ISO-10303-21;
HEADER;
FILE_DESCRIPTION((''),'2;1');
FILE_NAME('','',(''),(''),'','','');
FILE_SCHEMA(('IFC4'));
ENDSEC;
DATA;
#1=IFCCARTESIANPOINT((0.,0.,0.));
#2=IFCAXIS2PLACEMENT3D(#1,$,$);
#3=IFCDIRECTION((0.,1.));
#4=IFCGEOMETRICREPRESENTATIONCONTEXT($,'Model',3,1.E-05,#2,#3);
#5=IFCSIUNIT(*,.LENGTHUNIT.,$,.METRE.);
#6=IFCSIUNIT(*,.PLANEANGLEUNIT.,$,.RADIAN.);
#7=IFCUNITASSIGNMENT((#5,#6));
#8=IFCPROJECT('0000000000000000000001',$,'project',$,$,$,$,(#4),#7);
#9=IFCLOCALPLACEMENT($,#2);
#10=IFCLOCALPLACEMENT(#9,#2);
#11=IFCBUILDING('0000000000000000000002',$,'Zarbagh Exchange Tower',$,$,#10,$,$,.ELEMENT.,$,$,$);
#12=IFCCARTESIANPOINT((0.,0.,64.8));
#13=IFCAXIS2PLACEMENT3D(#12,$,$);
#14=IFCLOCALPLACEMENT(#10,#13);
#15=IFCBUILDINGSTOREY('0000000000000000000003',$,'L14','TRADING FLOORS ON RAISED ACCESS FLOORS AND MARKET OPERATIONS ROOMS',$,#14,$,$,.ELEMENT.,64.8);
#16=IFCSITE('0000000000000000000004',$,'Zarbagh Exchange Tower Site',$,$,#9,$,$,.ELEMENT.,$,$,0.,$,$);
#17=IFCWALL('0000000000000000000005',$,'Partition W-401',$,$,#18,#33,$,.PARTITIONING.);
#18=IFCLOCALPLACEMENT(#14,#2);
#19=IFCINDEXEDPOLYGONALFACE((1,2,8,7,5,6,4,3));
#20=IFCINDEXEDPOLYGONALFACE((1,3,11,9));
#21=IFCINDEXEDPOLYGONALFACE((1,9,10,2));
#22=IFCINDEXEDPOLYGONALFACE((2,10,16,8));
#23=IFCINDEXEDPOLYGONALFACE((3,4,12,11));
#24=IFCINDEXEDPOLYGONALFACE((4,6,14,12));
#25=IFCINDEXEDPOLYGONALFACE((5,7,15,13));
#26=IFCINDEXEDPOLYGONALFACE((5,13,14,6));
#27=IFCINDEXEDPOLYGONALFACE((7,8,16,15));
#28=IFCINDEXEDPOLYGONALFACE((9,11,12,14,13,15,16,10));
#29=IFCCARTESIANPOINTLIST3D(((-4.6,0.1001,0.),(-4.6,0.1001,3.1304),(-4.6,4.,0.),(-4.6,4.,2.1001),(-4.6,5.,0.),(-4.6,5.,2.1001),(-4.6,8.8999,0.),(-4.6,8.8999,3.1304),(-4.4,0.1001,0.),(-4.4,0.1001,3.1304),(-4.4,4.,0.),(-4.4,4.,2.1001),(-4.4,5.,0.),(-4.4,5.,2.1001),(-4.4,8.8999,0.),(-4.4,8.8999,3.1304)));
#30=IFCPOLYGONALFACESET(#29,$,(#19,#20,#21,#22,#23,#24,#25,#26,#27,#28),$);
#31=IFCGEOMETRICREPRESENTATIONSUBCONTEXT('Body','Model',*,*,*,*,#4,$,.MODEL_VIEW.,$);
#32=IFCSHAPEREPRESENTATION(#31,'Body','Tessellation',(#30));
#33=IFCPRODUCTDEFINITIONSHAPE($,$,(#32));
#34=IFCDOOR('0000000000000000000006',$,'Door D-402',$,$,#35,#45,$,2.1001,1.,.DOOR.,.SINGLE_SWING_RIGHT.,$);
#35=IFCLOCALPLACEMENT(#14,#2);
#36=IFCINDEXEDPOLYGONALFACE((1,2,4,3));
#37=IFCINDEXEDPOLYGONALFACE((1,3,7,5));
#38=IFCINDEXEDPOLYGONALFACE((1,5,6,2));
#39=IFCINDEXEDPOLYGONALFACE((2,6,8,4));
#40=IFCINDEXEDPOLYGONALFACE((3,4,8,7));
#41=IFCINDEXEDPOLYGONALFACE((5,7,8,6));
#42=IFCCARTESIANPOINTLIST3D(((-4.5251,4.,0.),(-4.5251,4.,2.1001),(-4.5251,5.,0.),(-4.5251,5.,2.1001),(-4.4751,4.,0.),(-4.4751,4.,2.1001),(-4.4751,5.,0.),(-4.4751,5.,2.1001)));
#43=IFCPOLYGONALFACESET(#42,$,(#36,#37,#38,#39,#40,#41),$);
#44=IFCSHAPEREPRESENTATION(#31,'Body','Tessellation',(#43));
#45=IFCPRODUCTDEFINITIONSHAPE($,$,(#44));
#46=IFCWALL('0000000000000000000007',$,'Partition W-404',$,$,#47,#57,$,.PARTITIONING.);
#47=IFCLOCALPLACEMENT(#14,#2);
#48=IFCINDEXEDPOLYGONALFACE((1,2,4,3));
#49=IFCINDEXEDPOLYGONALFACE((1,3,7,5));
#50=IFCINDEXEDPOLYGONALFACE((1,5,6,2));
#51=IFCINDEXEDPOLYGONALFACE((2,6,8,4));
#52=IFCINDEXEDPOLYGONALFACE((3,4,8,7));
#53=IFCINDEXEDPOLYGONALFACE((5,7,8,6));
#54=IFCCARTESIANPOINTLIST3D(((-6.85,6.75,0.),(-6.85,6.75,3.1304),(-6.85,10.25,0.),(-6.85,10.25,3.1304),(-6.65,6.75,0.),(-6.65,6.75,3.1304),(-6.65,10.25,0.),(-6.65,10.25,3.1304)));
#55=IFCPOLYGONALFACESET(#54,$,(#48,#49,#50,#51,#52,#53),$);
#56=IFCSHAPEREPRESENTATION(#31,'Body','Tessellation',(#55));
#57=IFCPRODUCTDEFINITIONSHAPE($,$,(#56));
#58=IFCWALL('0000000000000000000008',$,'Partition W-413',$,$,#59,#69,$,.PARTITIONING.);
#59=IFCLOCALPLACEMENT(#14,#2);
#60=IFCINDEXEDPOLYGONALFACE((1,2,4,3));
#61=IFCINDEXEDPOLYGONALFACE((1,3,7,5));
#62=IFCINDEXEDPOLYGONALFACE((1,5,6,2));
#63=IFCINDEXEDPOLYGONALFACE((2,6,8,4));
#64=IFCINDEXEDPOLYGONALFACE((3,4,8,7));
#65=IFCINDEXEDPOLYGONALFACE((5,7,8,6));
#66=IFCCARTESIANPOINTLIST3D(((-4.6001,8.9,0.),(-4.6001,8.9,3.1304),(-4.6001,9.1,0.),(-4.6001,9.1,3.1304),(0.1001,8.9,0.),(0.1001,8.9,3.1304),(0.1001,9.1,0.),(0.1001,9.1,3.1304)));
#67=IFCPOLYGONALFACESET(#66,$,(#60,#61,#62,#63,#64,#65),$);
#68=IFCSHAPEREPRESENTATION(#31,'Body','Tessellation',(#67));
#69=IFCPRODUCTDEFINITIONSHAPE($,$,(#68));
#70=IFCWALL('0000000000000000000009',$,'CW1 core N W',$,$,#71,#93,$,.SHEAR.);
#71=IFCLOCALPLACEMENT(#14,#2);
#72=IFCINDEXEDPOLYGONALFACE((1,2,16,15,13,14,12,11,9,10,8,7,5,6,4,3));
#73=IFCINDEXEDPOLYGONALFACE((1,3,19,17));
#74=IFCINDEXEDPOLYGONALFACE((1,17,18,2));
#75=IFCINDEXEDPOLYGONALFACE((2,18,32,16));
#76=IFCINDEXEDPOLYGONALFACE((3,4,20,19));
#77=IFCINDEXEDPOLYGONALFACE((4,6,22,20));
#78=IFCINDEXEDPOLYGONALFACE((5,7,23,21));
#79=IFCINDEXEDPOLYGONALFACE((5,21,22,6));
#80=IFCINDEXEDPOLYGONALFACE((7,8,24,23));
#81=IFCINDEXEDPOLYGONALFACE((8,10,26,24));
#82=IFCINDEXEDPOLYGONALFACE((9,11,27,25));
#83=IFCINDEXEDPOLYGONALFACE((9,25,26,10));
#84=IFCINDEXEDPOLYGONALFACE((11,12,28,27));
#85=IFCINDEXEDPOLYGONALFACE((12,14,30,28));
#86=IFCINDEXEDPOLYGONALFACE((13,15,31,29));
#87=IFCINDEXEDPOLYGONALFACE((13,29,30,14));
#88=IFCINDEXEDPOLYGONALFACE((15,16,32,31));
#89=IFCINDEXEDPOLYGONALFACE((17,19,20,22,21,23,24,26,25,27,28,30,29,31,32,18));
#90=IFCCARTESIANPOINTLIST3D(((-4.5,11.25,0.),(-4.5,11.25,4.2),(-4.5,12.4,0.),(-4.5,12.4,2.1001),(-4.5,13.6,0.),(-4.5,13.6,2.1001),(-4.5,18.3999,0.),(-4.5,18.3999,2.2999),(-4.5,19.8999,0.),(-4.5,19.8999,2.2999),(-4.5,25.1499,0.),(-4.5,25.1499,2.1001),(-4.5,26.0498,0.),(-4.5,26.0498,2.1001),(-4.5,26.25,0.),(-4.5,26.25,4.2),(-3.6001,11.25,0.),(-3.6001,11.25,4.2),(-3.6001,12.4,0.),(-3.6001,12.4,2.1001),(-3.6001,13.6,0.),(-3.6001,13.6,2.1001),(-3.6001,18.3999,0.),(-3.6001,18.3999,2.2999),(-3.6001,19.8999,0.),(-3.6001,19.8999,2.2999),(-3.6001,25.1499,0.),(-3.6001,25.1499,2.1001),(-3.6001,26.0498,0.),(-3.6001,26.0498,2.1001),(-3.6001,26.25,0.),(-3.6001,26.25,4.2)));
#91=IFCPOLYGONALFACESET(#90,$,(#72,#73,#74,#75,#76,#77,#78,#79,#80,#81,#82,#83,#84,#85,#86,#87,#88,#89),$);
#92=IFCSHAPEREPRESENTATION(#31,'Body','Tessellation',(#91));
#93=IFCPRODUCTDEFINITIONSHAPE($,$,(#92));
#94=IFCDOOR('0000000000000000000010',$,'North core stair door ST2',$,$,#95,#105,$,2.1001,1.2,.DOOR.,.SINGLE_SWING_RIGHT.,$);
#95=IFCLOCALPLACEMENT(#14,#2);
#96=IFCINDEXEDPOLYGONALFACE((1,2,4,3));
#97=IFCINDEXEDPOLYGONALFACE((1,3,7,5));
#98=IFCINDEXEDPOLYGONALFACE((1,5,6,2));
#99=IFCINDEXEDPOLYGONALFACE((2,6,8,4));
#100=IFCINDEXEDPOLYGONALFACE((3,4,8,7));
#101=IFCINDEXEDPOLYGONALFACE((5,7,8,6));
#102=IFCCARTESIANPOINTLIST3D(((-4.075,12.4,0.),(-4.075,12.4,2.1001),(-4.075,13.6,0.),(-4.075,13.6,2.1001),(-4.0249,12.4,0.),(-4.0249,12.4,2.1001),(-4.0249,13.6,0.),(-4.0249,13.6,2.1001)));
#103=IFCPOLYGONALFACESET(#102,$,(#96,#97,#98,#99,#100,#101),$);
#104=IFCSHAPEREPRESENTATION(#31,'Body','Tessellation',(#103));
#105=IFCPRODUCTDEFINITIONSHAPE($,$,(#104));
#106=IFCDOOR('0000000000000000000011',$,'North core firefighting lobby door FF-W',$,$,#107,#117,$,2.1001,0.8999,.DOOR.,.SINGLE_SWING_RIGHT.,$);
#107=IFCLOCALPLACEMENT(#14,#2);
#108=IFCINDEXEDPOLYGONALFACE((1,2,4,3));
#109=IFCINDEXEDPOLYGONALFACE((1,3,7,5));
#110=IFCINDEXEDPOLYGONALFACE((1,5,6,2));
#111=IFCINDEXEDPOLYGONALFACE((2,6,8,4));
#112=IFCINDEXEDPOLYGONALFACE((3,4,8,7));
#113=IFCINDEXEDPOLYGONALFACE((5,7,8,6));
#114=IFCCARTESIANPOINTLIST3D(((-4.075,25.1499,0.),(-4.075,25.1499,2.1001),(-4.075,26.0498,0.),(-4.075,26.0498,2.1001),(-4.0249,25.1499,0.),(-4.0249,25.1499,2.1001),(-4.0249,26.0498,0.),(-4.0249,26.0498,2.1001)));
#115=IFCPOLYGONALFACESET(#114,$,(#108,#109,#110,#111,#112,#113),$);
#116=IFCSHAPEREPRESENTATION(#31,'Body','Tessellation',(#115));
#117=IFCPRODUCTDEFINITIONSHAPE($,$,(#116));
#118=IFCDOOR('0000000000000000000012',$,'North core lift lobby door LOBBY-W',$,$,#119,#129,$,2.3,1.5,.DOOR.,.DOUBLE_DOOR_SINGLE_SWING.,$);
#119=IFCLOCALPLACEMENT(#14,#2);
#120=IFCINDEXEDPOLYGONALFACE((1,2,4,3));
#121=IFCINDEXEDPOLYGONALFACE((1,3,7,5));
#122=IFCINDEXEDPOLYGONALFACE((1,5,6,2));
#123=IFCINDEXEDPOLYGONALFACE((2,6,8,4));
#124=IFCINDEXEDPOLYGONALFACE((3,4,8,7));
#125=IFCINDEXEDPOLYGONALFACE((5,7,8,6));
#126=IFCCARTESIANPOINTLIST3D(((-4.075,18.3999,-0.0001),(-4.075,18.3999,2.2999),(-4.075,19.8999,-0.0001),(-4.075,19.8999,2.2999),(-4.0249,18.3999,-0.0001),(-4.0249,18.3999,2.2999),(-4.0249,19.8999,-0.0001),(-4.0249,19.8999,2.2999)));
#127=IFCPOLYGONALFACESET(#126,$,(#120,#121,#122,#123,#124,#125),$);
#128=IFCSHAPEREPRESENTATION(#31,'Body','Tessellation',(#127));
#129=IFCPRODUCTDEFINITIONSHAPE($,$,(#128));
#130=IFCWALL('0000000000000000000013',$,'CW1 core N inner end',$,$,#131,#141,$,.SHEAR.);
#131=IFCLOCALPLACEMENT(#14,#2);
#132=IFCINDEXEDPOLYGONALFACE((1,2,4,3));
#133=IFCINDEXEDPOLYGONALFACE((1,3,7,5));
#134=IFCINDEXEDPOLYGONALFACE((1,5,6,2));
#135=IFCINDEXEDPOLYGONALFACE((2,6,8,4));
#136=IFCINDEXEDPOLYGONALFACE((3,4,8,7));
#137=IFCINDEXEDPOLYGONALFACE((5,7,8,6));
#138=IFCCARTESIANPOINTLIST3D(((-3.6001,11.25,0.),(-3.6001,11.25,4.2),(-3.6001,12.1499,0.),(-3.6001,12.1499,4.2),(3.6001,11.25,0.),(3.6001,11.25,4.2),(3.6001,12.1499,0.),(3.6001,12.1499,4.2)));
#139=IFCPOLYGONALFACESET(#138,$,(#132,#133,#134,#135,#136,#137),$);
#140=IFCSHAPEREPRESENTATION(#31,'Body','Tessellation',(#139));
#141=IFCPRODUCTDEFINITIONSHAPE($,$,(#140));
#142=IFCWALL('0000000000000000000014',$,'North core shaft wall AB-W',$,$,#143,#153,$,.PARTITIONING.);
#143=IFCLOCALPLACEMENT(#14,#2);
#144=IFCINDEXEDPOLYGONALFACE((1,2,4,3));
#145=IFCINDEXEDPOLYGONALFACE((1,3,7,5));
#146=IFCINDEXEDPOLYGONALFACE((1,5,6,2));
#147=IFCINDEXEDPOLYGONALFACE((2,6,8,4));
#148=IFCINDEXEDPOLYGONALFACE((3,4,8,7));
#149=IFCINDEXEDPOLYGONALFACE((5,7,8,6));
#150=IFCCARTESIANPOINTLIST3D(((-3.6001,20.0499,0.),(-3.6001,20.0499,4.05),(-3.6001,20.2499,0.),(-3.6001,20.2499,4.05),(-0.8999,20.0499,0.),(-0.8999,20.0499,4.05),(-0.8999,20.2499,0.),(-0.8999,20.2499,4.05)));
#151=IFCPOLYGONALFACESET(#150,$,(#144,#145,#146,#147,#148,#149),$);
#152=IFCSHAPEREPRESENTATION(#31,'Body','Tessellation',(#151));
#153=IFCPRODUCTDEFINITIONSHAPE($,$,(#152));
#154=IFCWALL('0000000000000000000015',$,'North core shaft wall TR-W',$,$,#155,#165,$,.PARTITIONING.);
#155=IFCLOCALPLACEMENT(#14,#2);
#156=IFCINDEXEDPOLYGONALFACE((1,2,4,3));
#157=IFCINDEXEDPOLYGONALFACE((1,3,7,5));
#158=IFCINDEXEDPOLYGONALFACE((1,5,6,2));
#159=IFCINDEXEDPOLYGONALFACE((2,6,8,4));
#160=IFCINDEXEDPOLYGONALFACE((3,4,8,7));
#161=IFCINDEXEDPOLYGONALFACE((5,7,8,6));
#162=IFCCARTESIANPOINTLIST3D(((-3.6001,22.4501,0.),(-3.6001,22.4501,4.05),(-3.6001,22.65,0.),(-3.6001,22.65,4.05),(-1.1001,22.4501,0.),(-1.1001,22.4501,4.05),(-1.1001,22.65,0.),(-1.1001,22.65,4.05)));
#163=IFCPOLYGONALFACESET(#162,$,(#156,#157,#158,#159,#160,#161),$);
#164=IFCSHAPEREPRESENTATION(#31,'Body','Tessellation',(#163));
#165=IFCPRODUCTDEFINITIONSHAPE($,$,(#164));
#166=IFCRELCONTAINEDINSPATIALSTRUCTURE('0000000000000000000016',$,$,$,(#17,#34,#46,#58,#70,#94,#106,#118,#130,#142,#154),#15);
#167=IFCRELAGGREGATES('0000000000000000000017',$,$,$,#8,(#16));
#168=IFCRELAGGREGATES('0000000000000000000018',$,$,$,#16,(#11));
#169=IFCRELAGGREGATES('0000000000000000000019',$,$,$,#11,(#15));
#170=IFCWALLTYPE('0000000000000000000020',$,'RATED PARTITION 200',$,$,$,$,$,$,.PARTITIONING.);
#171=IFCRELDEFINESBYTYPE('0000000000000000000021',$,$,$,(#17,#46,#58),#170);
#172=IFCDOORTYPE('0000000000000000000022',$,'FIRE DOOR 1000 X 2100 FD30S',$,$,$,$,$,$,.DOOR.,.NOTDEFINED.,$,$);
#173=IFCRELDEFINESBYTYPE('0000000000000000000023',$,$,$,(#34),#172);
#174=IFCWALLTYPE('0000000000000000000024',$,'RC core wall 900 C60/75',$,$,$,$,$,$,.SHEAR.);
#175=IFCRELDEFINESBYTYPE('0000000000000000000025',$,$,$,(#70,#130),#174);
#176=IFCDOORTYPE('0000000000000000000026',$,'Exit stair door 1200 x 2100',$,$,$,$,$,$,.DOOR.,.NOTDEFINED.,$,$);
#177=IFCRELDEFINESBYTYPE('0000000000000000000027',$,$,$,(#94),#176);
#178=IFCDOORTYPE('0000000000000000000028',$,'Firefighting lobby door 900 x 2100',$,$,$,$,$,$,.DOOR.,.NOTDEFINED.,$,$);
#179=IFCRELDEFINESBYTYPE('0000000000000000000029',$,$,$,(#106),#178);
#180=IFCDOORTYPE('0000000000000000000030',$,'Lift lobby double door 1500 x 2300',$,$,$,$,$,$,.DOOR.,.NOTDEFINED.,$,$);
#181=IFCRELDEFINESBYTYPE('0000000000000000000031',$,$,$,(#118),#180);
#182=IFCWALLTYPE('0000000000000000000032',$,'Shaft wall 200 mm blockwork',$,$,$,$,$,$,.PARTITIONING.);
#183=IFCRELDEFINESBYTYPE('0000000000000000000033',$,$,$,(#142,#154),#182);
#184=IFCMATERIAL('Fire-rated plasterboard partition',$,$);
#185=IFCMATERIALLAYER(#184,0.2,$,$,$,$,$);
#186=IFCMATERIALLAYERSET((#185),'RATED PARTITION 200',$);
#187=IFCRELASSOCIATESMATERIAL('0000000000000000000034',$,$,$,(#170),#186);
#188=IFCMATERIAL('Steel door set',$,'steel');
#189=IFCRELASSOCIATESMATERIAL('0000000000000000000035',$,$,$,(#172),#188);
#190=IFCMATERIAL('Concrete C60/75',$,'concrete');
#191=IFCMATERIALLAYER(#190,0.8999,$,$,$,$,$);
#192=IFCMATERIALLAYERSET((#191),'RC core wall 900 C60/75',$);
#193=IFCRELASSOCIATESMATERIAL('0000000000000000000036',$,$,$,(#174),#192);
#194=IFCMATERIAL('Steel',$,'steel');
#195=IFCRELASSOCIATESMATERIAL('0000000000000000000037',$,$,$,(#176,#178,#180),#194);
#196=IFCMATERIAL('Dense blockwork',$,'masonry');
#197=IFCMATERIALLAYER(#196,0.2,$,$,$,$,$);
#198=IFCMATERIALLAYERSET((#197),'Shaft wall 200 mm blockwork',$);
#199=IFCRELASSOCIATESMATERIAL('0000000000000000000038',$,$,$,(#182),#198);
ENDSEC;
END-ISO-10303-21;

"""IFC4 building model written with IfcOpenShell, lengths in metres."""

from ifc_helpers import new_model, si_unit, direction, frame, frame_2d, origin, place, context, subcontext, project, spatial, rectangle, extrude, material, layer, layer_set, type_object, element, fill, save


model = new_model("IFC4")

# Units and contexts
model_context = context("Model", 3, precision=1e-05, world=origin(), true_north=direction((0.0, 1.0)))
body_context = subcontext(model_context, "Body", "Model", "MODEL_VIEW")
ifc_project = project(units=[si_unit("LENGTHUNIT", "METRE"), si_unit("PLANEANGLEUNIT", "RADIAN")], contexts=[model_context])

# Site, building, storey
site_placement = place(None, origin())
site = spatial("IfcSite", under=ifc_project, at=site_placement, Name="Zarbagh Exchange Tower Site", CompositionType="ELEMENT", RefElevation=0.0)
building_placement = place(site_placement, origin())
building = spatial("IfcBuilding", under=site, at=building_placement, Name="Zarbagh Exchange Tower", CompositionType="ELEMENT")
storey_placement = place(building_placement, frame((0.0, 0.0, 64.8)))
storey = spatial("IfcBuildingStorey", under=building, at=storey_placement, Name="L14", Description="TRADING FLOORS ON RAISED ACCESS FLOORS AND MARKET OPERATIONS ROOMS", CompositionType="ELEMENT", Elevation=64.8)

# Shared definitions
ifc_material_1 = material(Name="Concrete C60/75", Category="concrete")

# Wall, opening, door
ifc_material_2 = material(Name="Fire-rated plasterboard partition")
ifc_layer_1 = layer(ifc_material_2, 0.2)
ifc_layer_set_1 = layer_set([ifc_layer_1], Name="RATED PARTITION 200")
wall_type_1 = type_object("IfcWallType", Name="RATED PARTITION 200", PredefinedType="PARTITIONING", material=ifc_layer_set_1)
wall_1_placement = place(storey_placement, frame((-4.5, 8.8999, 0.0), z_axis=(0.0, 0.0, 1.0), x_axis=(0.0, -1.0, 0.0)))
wall_1 = element("IfcWall", 1, at=wall_1_placement, inside=storey, type_object=wall_type_1, Name="Partition W-401", PredefinedType="PARTITIONING", context=body_context, shape_type="SweptSolid", body=[
    extrude(rectangle(XDim=8.7998, YDim=0.2, at=frame_2d((4.3999, 0.0))), origin(), (0.0, 0.0, 1.0), 3.1304),
])
opening_1_placement = place(wall_1_placement, frame((3.8999, 0.0, 0.0)))
opening_1 = element("IfcOpeningElement", 2, at=opening_1_placement, cuts=wall_1, PredefinedType="OPENING", context=body_context, shape_type="SweptSolid", body=[
    extrude(rectangle(XDim=1.0, YDim=2.1001, at=frame_2d((0.5, 1.05))), frame((0.0, 0.1099, 0.0), z_axis=(0.0, -1.0, 0.0), x_axis=(1.0, 0.0, 0.0)), (0.0, 0.0, 1.0), 0.22),
])
ifc_material_3 = material(Name="Steel door set", Category="steel")
door_type_1 = type_object("IfcDoorType", Name="FIRE DOOR 1000 X 2100 FD30S", OperationType="NOTDEFINED", PredefinedType="DOOR", material=ifc_material_3)
door_1_placement = place(opening_1_placement, origin())
door_1 = element("IfcDoor", 3, at=door_1_placement, inside=storey, type_object=door_type_1, Name="Door D-402", OperationType="SINGLE_SWING_RIGHT", OverallHeight=2.1001, OverallWidth=1.0, PredefinedType="DOOR", context=body_context, shape_type="SweptSolid", body=[
    extrude(rectangle(XDim=1.0, YDim=2.1001, at=frame_2d((0.5, 1.05))), frame((0.0, 0.0249, 0.0), z_axis=(0.0, -1.0, 0.0), x_axis=(1.0, 0.0, 0.0)), (0.0, 0.0, 1.0), 0.05),
])
fill(opening_1, door_1)

# Walls
wall_2_placement = place(storey_placement, frame((-6.75, 6.75, 0.0), z_axis=(0.0, 0.0, 1.0), x_axis=(0.0, 1.0, 0.0)))
element("IfcWall", 4, at=wall_2_placement, inside=storey, type_object=wall_type_1, Name="Partition W-404", PredefinedType="PARTITIONING", context=body_context, shape_type="SweptSolid", body=[
    extrude(rectangle(XDim=3.5, YDim=0.2, at=frame_2d((1.75, 0.0))), origin(), (0.0, 0.0, 1.0), 3.1304),
])
wall_3_placement = place(storey_placement, frame((-4.6001, 9.0, 0.0), z_axis=(0.0, 0.0, 1.0), x_axis=(1.0, 0.0, 0.0)))
element("IfcWall", 5, at=wall_3_placement, inside=storey, type_object=wall_type_1, Name="Partition W-413", PredefinedType="PARTITIONING", context=body_context, shape_type="SweptSolid", body=[
    extrude(rectangle(XDim=4.7002, YDim=0.2, at=frame_2d((2.3501, 0.0))), origin(), (0.0, 0.0, 1.0), 3.1304),
])

# Wall, openings, doors
ifc_layer_2 = layer(ifc_material_1, 0.8999)
ifc_layer_set_2 = layer_set([ifc_layer_2], Name="RC core wall 900 C60/75")
wall_type_2 = type_object("IfcWallType", Name="RC core wall 900 C60/75", PredefinedType="SHEAR", material=ifc_layer_set_2)
wall_4_placement = place(storey_placement, frame((-4.05, 11.25, 0.0), z_axis=(0.0, 0.0, 1.0), x_axis=(0.0, 1.0, 0.0)))
wall_4 = element("IfcWall", 6, at=wall_4_placement, inside=storey, type_object=wall_type_2, Name="CW1 core N W", PredefinedType="SHEAR", context=body_context, shape_type="SweptSolid", body=[
    extrude(rectangle(XDim=15.0, YDim=0.8999, at=frame_2d((7.5, 0.0))), origin(), (0.0, 0.0, 1.0), 4.2),
])
opening_2_placement = place(wall_4_placement, frame((7.1499, 0.0, 0.0)))
opening_2 = element("IfcOpeningElement", 7, at=opening_2_placement, cuts=wall_4, PredefinedType="OPENING", context=body_context, shape_type="SweptSolid", body=[
    extrude(rectangle(XDim=1.5, YDim=2.3, at=frame_2d((0.75, 1.1499))), frame((0.0, 0.46, 0.0), z_axis=(0.0, -1.0, 0.0), x_axis=(1.0, 0.0, 0.0)), (0.0, 0.0, 1.0), 0.9199),
])
opening_3_placement = place(wall_4_placement, frame((13.8999, 0.0, 0.0)))
opening_3 = element("IfcOpeningElement", 8, at=opening_3_placement, cuts=wall_4, PredefinedType="OPENING", context=body_context, shape_type="SweptSolid", body=[
    extrude(rectangle(XDim=0.8999, YDim=2.1001, at=frame_2d((0.45, 1.05))), frame((0.0, 0.46, 0.0), z_axis=(0.0, -1.0, 0.0), x_axis=(1.0, 0.0, 0.0)), (0.0, 0.0, 1.0), 0.9199),
])
opening_4_placement = place(wall_4_placement, frame((1.1499, 0.0, 0.0)))
opening_4 = element("IfcOpeningElement", 9, at=opening_4_placement, cuts=wall_4, PredefinedType="OPENING", context=body_context, shape_type="SweptSolid", body=[
    extrude(rectangle(XDim=1.2, YDim=2.1001, at=frame_2d((0.6001, 1.05))), frame((0.0, 0.46, 0.0), z_axis=(0.0, -1.0, 0.0), x_axis=(1.0, 0.0, 0.0)), (0.0, 0.0, 1.0), 0.9199),
])
ifc_material_4 = material(Name="Steel", Category="steel")
door_type_2 = type_object("IfcDoorType", Name="Exit stair door 1200 x 2100", OperationType="NOTDEFINED", PredefinedType="DOOR", material=ifc_material_4)
door_2_placement = place(opening_4_placement, origin())
door_2 = element("IfcDoor", 10, at=door_2_placement, inside=storey, type_object=door_type_2, Name="North core stair door ST2", OperationType="SINGLE_SWING_RIGHT", OverallHeight=2.1001, OverallWidth=1.2, PredefinedType="DOOR", context=body_context, shape_type="SweptSolid", body=[
    extrude(rectangle(XDim=1.2, YDim=2.1001, at=frame_2d((0.6001, 1.05))), frame((0.0, 0.0249, 0.0), z_axis=(0.0, -1.0, 0.0), x_axis=(1.0, 0.0, 0.0)), (0.0, 0.0, 1.0), 0.05),
])
fill(opening_4, door_2)
door_type_3 = type_object("IfcDoorType", Name="Firefighting lobby door 900 x 2100", OperationType="NOTDEFINED", PredefinedType="DOOR", material=ifc_material_4)
door_3_placement = place(opening_3_placement, origin())
door_3 = element("IfcDoor", 11, at=door_3_placement, inside=storey, type_object=door_type_3, Name="North core firefighting lobby door FF-W", OperationType="SINGLE_SWING_RIGHT", OverallHeight=2.1001, OverallWidth=0.8999, PredefinedType="DOOR", context=body_context, shape_type="SweptSolid", body=[
    extrude(rectangle(XDim=0.8999, YDim=2.1001, at=frame_2d((0.45, 1.05))), frame((0.0, 0.0249, 0.0), z_axis=(0.0, -1.0, 0.0), x_axis=(1.0, 0.0, 0.0)), (0.0, 0.0, 1.0), 0.05),
])
fill(opening_3, door_3)
door_type_4 = type_object("IfcDoorType", Name="Lift lobby double door 1500 x 2300", OperationType="NOTDEFINED", PredefinedType="DOOR", material=ifc_material_4)
door_4_placement = place(opening_2_placement, origin())
door_4 = element("IfcDoor", 12, at=door_4_placement, inside=storey, type_object=door_type_4, Name="North core lift lobby door LOBBY-W", OperationType="DOUBLE_DOOR_SINGLE_SWING", OverallHeight=2.3, OverallWidth=1.5, PredefinedType="DOOR", context=body_context, shape_type="SweptSolid", body=[
    extrude(rectangle(XDim=1.5, YDim=2.3, at=frame_2d((0.75, 1.1499))), frame((0.0, 0.0249, 0.0), z_axis=(0.0, -1.0, 0.0), x_axis=(1.0, 0.0, 0.0)), (0.0, 0.0, 1.0), 0.05),
])
fill(opening_2, door_4)

# Walls
wall_5_placement = place(storey_placement, frame((-3.6001, 11.7, 0.0), z_axis=(0.0, 0.0, 1.0), x_axis=(1.0, 0.0, 0.0)))
element("IfcWall", 13, at=wall_5_placement, inside=storey, type_object=wall_type_2, Name="CW1 core N inner end", PredefinedType="SHEAR", context=body_context, shape_type="SweptSolid", body=[
    extrude(rectangle(XDim=7.2002, YDim=0.8999, at=frame_2d((3.6001, 0.0))), origin(), (0.0, 0.0, 1.0), 4.2),
])
ifc_material_5 = material(Name="Dense blockwork", Category="masonry")
ifc_layer_3 = layer(ifc_material_5, 0.2)
ifc_layer_set_3 = layer_set([ifc_layer_3], Name="Shaft wall 200 mm blockwork")
wall_type_3 = type_object("IfcWallType", Name="Shaft wall 200 mm blockwork", PredefinedType="PARTITIONING", material=ifc_layer_set_3)
wall_6_placement = place(storey_placement, frame((-3.6001, 20.1499, 0.0), z_axis=(0.0, 0.0, 1.0), x_axis=(1.0, 0.0, 0.0)))
element("IfcWall", 14, at=wall_6_placement, inside=storey, type_object=wall_type_3, Name="North core shaft wall AB-W", PredefinedType="PARTITIONING", context=body_context, shape_type="SweptSolid", body=[
    extrude(rectangle(XDim=2.7002, YDim=0.2, at=frame_2d((1.3501, 0.0))), origin(), (0.0, 0.0, 1.0), 4.05),
])
wall_7_placement = place(storey_placement, frame((-3.6001, 22.55, 0.0), z_axis=(0.0, 0.0, 1.0), x_axis=(1.0, 0.0, 0.0)))
element("IfcWall", 15, at=wall_7_placement, inside=storey, type_object=wall_type_3, Name="North core shaft wall TR-W", PredefinedType="PARTITIONING", context=body_context, shape_type="SweptSolid", body=[
    extrude(rectangle(XDim=2.5, YDim=0.2, at=frame_2d((1.25, 0.0))), origin(), (0.0, 0.0, 1.0), 4.05),
])

save(model, "model.ifc")
